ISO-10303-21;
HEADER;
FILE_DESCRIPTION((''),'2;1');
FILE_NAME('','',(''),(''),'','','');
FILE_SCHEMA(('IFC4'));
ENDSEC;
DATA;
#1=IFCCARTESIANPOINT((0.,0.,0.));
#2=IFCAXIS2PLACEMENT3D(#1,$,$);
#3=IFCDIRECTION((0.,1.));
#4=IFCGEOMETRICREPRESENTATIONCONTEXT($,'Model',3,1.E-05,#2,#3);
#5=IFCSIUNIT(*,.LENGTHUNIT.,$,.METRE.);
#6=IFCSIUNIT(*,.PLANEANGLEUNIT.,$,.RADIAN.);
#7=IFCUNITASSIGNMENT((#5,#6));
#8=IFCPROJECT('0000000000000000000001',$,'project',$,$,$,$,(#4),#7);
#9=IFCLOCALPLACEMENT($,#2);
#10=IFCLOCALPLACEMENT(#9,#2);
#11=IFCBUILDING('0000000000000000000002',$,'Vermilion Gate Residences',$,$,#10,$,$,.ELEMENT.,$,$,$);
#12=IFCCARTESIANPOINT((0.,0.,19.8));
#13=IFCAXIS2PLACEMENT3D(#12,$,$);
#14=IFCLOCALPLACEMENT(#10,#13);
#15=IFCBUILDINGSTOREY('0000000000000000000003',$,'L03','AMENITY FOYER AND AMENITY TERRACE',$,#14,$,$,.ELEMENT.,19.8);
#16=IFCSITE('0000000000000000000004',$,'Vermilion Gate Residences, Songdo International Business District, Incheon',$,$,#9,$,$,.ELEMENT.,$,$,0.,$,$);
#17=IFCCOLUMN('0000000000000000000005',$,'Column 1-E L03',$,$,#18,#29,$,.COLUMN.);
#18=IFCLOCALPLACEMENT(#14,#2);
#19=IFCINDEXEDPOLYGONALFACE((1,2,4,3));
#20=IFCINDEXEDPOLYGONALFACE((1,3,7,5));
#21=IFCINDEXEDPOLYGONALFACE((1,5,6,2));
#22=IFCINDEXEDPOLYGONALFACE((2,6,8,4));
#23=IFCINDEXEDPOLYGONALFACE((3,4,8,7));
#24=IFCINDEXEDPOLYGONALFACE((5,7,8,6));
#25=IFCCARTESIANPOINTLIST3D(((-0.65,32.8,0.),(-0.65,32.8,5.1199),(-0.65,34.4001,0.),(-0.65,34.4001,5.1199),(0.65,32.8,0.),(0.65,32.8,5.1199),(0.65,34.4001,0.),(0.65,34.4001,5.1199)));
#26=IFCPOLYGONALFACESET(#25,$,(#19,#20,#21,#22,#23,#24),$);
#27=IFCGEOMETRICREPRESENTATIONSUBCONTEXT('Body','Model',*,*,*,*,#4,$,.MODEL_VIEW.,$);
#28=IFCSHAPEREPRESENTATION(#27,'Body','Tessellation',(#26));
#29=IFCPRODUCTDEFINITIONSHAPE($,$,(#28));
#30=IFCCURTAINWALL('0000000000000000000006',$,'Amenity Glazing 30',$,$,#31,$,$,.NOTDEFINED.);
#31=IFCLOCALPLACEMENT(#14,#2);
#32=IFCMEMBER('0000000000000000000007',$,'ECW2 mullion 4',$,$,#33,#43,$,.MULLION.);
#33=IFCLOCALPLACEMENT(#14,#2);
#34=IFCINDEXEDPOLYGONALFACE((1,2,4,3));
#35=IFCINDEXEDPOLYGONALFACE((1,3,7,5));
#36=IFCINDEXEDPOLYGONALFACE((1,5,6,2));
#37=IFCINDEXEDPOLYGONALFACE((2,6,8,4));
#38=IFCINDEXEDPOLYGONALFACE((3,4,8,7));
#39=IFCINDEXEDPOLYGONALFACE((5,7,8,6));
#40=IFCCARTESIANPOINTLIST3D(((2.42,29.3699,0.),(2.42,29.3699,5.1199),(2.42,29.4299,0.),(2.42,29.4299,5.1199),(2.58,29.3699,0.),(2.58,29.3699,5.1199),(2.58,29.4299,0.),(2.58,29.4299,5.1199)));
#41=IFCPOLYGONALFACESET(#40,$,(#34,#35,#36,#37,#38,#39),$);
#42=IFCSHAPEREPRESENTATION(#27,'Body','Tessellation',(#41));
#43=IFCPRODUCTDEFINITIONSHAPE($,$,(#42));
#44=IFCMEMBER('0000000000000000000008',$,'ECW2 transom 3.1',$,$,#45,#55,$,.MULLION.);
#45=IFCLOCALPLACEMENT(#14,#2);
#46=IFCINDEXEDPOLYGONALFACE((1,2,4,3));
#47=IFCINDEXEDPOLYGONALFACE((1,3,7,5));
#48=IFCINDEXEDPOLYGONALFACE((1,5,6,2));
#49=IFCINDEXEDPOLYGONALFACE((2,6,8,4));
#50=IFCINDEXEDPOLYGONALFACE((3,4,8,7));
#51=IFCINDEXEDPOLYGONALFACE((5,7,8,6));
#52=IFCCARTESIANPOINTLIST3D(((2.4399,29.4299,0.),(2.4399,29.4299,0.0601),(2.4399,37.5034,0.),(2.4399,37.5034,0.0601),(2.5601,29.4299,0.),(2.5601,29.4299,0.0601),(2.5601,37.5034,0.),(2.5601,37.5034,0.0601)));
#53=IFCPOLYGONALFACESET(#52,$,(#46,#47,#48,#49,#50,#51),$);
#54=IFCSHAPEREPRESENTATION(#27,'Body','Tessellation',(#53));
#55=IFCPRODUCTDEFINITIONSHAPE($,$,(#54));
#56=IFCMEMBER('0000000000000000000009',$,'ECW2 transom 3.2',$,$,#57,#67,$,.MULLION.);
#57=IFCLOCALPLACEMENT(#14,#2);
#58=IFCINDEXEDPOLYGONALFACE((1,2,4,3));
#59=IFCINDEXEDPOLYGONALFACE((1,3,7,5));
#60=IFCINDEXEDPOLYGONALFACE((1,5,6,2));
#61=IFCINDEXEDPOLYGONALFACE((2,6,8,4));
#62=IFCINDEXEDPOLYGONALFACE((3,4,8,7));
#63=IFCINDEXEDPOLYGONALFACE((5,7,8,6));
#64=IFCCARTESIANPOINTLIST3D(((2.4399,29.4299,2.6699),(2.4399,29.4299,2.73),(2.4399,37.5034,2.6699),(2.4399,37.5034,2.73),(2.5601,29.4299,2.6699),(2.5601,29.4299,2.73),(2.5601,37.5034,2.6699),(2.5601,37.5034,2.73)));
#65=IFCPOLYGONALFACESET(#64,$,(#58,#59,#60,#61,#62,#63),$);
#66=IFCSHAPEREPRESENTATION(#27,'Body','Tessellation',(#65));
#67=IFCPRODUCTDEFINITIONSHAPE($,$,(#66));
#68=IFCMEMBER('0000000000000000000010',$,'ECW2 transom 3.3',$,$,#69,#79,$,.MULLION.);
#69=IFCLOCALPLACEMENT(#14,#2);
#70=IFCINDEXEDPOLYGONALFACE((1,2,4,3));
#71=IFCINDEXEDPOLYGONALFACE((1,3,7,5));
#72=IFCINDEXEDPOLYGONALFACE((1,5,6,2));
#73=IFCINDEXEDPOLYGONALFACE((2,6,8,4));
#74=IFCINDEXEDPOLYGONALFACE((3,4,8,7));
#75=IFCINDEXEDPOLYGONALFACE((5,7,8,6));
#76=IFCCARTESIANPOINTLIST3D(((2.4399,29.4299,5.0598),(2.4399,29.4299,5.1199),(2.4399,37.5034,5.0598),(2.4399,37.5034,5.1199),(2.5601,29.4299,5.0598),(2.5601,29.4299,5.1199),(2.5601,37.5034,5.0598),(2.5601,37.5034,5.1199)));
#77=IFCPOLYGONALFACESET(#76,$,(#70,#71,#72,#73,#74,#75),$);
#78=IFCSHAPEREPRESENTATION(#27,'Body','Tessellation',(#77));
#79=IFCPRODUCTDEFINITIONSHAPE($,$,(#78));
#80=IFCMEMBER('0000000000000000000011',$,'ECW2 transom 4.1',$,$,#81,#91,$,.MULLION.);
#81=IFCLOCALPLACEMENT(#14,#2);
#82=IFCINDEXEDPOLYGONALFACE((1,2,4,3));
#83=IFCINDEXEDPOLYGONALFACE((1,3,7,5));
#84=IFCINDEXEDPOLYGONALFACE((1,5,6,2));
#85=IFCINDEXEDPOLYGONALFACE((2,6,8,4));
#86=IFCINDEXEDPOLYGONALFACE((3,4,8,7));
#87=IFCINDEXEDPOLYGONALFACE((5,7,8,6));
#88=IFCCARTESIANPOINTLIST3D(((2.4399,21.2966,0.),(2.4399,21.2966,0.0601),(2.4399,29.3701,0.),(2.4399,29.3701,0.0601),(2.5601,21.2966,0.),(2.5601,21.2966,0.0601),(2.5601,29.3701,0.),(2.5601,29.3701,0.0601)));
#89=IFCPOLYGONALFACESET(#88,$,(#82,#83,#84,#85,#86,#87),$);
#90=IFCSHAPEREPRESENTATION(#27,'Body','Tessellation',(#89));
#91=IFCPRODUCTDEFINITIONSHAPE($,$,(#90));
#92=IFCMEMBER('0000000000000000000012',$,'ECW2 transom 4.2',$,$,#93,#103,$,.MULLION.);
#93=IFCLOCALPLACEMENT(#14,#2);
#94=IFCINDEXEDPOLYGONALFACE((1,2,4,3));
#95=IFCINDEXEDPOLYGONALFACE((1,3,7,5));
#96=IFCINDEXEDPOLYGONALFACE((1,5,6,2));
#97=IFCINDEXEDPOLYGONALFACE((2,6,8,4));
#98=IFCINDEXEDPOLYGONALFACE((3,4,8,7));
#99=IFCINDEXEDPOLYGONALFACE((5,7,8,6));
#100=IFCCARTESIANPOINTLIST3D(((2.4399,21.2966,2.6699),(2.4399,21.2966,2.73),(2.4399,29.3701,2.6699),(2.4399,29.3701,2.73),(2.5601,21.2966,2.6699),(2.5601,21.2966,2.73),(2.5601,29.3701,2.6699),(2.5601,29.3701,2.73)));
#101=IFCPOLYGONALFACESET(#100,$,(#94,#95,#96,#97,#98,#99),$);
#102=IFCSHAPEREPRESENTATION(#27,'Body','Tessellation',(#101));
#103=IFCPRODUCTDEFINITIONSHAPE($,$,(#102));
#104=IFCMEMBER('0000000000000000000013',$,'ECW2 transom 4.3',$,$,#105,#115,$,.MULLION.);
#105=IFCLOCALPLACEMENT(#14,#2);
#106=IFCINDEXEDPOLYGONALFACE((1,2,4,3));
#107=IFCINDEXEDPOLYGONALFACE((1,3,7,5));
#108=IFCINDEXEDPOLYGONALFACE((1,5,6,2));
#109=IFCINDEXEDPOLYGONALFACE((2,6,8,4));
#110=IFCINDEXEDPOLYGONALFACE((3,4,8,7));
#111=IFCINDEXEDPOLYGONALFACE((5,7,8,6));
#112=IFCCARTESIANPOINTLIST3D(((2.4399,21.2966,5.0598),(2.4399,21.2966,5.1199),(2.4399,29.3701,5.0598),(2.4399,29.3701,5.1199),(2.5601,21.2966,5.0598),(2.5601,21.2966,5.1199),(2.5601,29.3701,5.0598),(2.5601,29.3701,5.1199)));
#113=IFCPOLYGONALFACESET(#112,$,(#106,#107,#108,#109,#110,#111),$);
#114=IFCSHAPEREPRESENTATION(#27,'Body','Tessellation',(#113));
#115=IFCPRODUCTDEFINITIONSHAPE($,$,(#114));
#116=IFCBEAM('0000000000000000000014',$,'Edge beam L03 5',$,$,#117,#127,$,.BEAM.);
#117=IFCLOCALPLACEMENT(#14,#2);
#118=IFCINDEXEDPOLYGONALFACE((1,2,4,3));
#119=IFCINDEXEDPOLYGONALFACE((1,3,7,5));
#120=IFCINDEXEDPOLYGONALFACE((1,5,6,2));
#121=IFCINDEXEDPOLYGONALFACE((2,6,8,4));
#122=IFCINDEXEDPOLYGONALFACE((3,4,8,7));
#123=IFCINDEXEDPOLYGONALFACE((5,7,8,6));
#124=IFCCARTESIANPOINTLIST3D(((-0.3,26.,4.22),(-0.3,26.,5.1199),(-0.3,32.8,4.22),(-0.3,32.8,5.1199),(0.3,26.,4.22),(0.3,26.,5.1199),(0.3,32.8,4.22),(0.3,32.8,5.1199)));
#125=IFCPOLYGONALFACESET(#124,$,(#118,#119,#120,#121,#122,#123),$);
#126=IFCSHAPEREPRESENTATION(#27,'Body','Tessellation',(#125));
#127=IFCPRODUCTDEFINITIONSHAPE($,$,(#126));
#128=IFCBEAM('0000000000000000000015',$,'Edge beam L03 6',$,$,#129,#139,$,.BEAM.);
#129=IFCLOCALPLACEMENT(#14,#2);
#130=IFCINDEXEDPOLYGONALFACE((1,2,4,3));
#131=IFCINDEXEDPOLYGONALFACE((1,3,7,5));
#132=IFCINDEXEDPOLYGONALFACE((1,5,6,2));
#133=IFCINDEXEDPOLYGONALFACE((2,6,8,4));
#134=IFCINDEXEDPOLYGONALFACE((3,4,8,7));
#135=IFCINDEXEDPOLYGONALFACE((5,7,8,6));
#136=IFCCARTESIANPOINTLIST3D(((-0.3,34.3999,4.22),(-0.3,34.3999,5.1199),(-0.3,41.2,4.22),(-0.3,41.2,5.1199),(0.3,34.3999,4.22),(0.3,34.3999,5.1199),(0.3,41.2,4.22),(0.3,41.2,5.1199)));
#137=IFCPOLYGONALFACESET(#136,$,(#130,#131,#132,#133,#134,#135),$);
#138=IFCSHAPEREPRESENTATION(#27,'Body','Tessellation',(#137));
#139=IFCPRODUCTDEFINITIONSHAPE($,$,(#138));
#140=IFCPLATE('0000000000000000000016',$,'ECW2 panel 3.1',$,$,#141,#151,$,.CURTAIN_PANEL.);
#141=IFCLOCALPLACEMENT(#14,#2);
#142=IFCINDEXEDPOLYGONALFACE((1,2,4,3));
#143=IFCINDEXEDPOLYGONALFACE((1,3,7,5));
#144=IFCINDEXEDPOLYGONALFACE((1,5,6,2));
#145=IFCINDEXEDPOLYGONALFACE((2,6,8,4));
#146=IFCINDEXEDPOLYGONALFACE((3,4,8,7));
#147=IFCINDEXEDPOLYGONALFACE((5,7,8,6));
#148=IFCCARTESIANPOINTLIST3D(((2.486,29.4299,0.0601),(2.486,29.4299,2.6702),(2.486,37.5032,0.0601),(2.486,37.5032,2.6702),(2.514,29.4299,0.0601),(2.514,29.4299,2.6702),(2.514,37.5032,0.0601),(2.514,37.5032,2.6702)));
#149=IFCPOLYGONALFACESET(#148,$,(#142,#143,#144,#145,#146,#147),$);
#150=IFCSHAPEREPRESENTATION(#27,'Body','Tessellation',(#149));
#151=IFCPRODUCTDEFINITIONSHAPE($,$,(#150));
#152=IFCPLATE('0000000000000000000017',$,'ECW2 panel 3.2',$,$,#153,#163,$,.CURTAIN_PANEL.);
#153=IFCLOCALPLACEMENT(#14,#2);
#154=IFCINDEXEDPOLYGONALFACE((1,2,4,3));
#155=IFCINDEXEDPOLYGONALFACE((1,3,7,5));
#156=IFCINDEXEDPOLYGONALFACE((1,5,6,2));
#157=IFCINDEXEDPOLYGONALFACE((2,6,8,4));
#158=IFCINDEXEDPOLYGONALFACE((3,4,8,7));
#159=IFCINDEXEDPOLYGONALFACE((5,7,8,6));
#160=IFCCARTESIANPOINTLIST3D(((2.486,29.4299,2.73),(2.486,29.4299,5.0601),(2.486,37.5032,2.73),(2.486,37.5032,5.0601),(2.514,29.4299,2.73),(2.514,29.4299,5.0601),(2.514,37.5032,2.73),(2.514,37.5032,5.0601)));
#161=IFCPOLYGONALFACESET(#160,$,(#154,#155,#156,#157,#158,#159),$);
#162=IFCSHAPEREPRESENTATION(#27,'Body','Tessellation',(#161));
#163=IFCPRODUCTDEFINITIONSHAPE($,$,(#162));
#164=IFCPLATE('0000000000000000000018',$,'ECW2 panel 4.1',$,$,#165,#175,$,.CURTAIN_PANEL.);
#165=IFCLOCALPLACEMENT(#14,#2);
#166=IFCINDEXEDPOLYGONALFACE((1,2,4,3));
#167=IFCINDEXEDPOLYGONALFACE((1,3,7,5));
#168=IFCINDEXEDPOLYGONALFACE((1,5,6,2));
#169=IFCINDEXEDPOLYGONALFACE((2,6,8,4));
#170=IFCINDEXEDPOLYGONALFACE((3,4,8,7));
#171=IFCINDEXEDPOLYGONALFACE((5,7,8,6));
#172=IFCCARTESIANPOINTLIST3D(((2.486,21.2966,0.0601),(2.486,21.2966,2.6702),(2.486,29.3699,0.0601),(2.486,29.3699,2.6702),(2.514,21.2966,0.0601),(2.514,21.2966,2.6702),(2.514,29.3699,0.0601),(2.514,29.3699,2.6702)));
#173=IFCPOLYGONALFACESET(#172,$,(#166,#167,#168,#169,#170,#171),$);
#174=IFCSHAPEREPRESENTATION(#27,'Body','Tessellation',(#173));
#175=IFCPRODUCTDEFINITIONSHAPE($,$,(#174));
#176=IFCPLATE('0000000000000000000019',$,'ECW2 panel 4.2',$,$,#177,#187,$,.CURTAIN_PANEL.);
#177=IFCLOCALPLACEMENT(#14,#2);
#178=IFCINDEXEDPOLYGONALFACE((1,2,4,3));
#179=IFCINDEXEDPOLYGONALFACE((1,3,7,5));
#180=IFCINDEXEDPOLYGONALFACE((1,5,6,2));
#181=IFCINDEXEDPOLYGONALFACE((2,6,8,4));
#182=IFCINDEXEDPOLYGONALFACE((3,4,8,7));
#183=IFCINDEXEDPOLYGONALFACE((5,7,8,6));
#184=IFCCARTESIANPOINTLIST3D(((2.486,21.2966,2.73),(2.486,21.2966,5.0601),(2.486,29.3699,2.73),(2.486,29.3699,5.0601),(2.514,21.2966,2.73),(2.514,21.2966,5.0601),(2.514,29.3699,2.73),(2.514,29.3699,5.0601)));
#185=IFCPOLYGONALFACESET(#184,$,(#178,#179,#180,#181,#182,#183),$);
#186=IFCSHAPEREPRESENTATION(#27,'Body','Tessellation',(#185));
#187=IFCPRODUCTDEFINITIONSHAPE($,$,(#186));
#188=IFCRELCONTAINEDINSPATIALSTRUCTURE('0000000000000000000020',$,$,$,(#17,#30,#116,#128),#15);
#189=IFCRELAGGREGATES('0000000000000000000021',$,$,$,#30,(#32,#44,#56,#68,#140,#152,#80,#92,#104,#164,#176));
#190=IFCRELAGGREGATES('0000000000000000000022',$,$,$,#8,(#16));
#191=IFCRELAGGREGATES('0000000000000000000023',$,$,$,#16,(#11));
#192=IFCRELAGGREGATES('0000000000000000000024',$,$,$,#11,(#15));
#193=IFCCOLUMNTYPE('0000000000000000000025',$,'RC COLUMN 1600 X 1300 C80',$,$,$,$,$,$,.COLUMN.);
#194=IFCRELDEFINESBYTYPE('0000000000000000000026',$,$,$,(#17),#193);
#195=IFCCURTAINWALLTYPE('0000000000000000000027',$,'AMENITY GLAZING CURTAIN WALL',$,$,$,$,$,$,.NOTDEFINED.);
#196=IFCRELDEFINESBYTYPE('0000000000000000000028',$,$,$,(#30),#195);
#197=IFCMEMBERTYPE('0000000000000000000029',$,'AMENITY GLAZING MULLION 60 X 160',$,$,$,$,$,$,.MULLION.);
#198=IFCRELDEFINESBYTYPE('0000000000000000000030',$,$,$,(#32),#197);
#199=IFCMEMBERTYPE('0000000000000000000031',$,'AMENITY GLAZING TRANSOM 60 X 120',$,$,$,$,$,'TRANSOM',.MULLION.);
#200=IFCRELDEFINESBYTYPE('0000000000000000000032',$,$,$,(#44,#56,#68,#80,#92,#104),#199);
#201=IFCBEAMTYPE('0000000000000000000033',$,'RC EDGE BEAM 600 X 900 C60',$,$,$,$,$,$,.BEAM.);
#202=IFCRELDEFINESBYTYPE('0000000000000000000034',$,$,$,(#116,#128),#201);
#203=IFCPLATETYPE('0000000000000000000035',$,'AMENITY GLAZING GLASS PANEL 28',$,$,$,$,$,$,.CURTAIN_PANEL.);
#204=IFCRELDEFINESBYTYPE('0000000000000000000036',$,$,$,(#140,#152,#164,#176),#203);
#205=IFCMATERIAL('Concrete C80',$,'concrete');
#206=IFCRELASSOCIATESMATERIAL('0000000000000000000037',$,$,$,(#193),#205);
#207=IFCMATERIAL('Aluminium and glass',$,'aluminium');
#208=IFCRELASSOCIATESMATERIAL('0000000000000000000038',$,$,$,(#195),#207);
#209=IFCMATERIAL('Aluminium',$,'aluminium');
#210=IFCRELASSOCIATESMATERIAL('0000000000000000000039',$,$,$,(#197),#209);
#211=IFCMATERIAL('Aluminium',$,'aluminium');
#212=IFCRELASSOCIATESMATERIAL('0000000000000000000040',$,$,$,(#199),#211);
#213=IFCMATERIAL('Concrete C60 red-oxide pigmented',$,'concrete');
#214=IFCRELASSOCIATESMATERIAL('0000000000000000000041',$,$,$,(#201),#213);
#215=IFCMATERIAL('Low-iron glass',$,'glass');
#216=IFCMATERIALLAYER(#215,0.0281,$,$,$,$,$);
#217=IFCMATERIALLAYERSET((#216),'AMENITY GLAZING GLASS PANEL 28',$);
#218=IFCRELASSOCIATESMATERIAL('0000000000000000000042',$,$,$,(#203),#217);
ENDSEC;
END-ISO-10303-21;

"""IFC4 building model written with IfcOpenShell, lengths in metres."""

from ifc_helpers import new_model, si_unit, direction, frame, origin, origin_2d, place, context, subcontext, project, spatial, rectangle, extrude, material, layer, layer_set, material_profile, profile_set, type_object, element, aggregate, save


model = new_model("IFC4")

# Units and contexts
model_context = context("Model", 3, precision=1e-05, world=origin(), true_north=direction((0.0, 1.0)))
body_context = subcontext(model_context, "Body", "Model", "MODEL_VIEW")
ifc_project = project(units=[si_unit("LENGTHUNIT", "METRE"), si_unit("PLANEANGLEUNIT", "RADIAN")], contexts=[model_context])

# Site, building, storey
site_placement = place(None, origin())
site = spatial("IfcSite", under=ifc_project, at=site_placement, Name="Vermilion Gate Residences, Songdo International Business District, Incheon", CompositionType="ELEMENT", RefElevation=0.0)
building_placement = place(site_placement, origin())
building = spatial("IfcBuilding", under=site, at=building_placement, Name="Vermilion Gate Residences", CompositionType="ELEMENT")
storey_placement = place(building_placement, frame((0.0, 0.0, 19.8)))
storey = spatial("IfcBuildingStorey", under=building, at=storey_placement, Name="L03", Description="AMENITY FOYER AND AMENITY TERRACE", CompositionType="ELEMENT", Elevation=19.8)

# Column
ifc_material_1 = material(Name="Concrete C80", Category="concrete")
ifc_material_profile_1 = material_profile(ifc_material_1, rectangle(XDim=1.6001, YDim=1.3, at=origin_2d()), Name="RC-1600x1300")
ifc_profile_set_1 = profile_set([ifc_material_profile_1], Name="Concrete C80")
column_type = type_object("IfcColumnType", Name="RC COLUMN 1600 X 1300 C80", PredefinedType="COLUMN", material=ifc_profile_set_1)
column_placement = place(storey_placement, frame((0.0, 33.6001, 0.0), z_axis=(0.0, 0.0, 1.0), x_axis=(0.0, 1.0, 0.0)))
element("IfcColumn", 1, at=column_placement, inside=storey, type_object=column_type, Name="Column 1-E L03", PredefinedType="COLUMN", context=body_context, shape_type="SweptSolid", body=[
    extrude(rectangle(XDim=1.6001, YDim=1.3, at=origin_2d()), origin(), (0.0, 0.0, 1.0), 5.1199),
])

# Curtain wall, members
ifc_material_2 = material(Name="Aluminium and glass", Category="aluminium")
curtain_wall_type = type_object("IfcCurtainWallType", Name="AMENITY GLAZING CURTAIN WALL", PredefinedType="NOTDEFINED", material=ifc_material_2)
curtain_wall_placement = place(storey_placement, origin())
curtain_wall = element("IfcCurtainWall", 2, at=curtain_wall_placement, inside=storey, type_object=curtain_wall_type, Name="Amenity Glazing 30", PredefinedType="NOTDEFINED")
ifc_material_3 = material(Name="Aluminium", Category="aluminium")
ifc_material_profile_2 = material_profile(ifc_material_3, rectangle(XDim=0.1599, YDim=0.0601, at=origin_2d()), Name="MULLION 60 X 160")
ifc_profile_set_2 = profile_set([ifc_material_profile_2], Name="Aluminium")
member_type_1 = type_object("IfcMemberType", Name="AMENITY GLAZING MULLION 60 X 160", PredefinedType="MULLION", material=ifc_profile_set_2)
member_1_placement = place(storey_placement, frame((2.5, 29.3999, 0.0), z_axis=(0.0, 0.0, 1.0), x_axis=(1.0, 0.0, 0.0)))
member_1 = element("IfcMember", 3, at=member_1_placement, type_object=member_type_1, Name="ECW2 mullion 4", PredefinedType="MULLION", context=body_context, shape_type="SweptSolid", body=[
    extrude(rectangle(XDim=0.1599, YDim=0.0601, at=origin_2d()), origin(), (0.0, 0.0, 1.0), 5.1199),
])
ifc_material_4 = material(Name="Aluminium", Category="aluminium")
ifc_material_profile_3 = material_profile(ifc_material_4, rectangle(XDim=0.1201, YDim=0.0601, at=origin_2d()), Name="TRANSOM 60 X 120")
ifc_profile_set_3 = profile_set([ifc_material_profile_3], Name="Aluminium")
member_type_2 = type_object("IfcMemberType", Name="AMENITY GLAZING TRANSOM 60 X 120", ElementType="TRANSOM", PredefinedType="MULLION", material=ifc_profile_set_3)
member_2_placement = place(storey_placement, frame((2.5, 37.5034, 0.03), z_axis=(0.0, -1.0, 0.0), x_axis=(1.0, 0.0, 0.0)))
member_2 = element("IfcMember", 4, at=member_2_placement, type_object=member_type_2, Name="ECW2 transom 3.1", PredefinedType="MULLION", context=body_context, shape_type="SweptSolid", body=[
    extrude(rectangle(XDim=0.1201, YDim=0.0601, at=origin_2d()), origin(), (0.0, 0.0, 1.0), 8.0735),
])
member_3_placement = place(storey_placement, frame((2.5, 37.5034, 2.7), z_axis=(0.0, -1.0, 0.0), x_axis=(1.0, 0.0, 0.0)))
member_3 = element("IfcMember", 5, at=member_3_placement, type_object=member_type_2, Name="ECW2 transom 3.2", PredefinedType="MULLION", context=body_context, shape_type="SweptSolid", body=[
    extrude(rectangle(XDim=0.1201, YDim=0.0601, at=origin_2d()), origin(), (0.0, 0.0, 1.0), 8.0735),
])
member_4_placement = place(storey_placement, frame((2.5, 37.5034, 5.0898), z_axis=(0.0, -1.0, 0.0), x_axis=(1.0, 0.0, 0.0)))
member_4 = element("IfcMember", 6, at=member_4_placement, type_object=member_type_2, Name="ECW2 transom 3.3", PredefinedType="MULLION", context=body_context, shape_type="SweptSolid", body=[
    extrude(rectangle(XDim=0.1201, YDim=0.0601, at=origin_2d()), origin(), (0.0, 0.0, 1.0), 8.0735),
])
member_5_placement = place(storey_placement, frame((2.5, 29.3701, 0.03), z_axis=(0.0, -1.0, 0.0), x_axis=(1.0, 0.0, 0.0)))
member_5 = element("IfcMember", 7, at=member_5_placement, type_object=member_type_2, Name="ECW2 transom 4.1", PredefinedType="MULLION", context=body_context, shape_type="SweptSolid", body=[
    extrude(rectangle(XDim=0.1201, YDim=0.0601, at=origin_2d()), origin(), (0.0, 0.0, 1.0), 8.0735),
])
member_6_placement = place(storey_placement, frame((2.5, 29.3701, 2.7), z_axis=(0.0, -1.0, 0.0), x_axis=(1.0, 0.0, 0.0)))
member_6 = element("IfcMember", 8, at=member_6_placement, type_object=member_type_2, Name="ECW2 transom 4.2", PredefinedType="MULLION", context=body_context, shape_type="SweptSolid", body=[
    extrude(rectangle(XDim=0.1201, YDim=0.0601, at=origin_2d()), origin(), (0.0, 0.0, 1.0), 8.0735),
])
member_7_placement = place(storey_placement, frame((2.5, 29.3701, 5.0898), z_axis=(0.0, -1.0, 0.0), x_axis=(1.0, 0.0, 0.0)))
member_7 = element("IfcMember", 9, at=member_7_placement, type_object=member_type_2, Name="ECW2 transom 4.3", PredefinedType="MULLION", context=body_context, shape_type="SweptSolid", body=[
    extrude(rectangle(XDim=0.1201, YDim=0.0601, at=origin_2d()), origin(), (0.0, 0.0, 1.0), 8.0735),
])

# Beams
ifc_material_5 = material(Name="Concrete C60 red-oxide pigmented", Category="concrete")
ifc_material_profile_4 = material_profile(ifc_material_5, rectangle(XDim=0.6001, YDim=0.8999, at=origin_2d()), Name="RC-600x900")
ifc_profile_set_4 = profile_set([ifc_material_profile_4], Name="Concrete C60 red-oxide pigmented")
beam_type = type_object("IfcBeamType", Name="RC EDGE BEAM 600 X 900 C60", PredefinedType="BEAM", material=ifc_profile_set_4)
for number, where, z_axis, x_axis, name in (
    (10, (0.0, 26.0, 4.6699), (0.0, 1.0, 0.0), (-1.0, 0.0, 0.0), "Edge beam L03 5"),
    (11, (0.0, 34.3999, 4.6699), (0.0, 1.0, 0.0), (-1.0, 0.0, 0.0), "Edge beam L03 6"),
):
    element("IfcBeam", number, at=place(storey_placement, frame(where, z_axis=z_axis, x_axis=x_axis)), inside=storey, type_object=beam_type, Name=name, PredefinedType="BEAM", context=body_context, shape_type="SweptSolid", body=[
        extrude(rectangle(XDim=0.6001, YDim=0.8999, at=origin_2d()), origin(), (0.0, 0.0, 1.0), 6.8),
    ])

# Plates
ifc_material_6 = material(Name="Low-iron glass", Category="glass")
ifc_layer_1 = layer(ifc_material_6, 0.0281)
ifc_layer_set_1 = layer_set([ifc_layer_1], Name="AMENITY GLAZING GLASS PANEL 28")
plate_type = type_object("IfcPlateType", Name="AMENITY GLAZING GLASS PANEL 28", PredefinedType="CURTAIN_PANEL", material=ifc_layer_set_1)
plate_1_placement = place(storey_placement, frame((2.5, 33.4666, 0.0601), z_axis=(0.0, 0.0, 1.0), x_axis=(0.0, -1.0, 0.0)))
plate_1 = element("IfcPlate", 12, at=plate_1_placement, type_object=plate_type, Name="ECW2 panel 3.1", PredefinedType="CURTAIN_PANEL", context=body_context, shape_type="SweptSolid", body=[
    extrude(rectangle(XDim=8.0732, YDim=0.0281, at=origin_2d()), origin(), (0.0, 0.0, 1.0), 2.6101),
])
plate_2_placement = place(storey_placement, frame((2.5, 33.4666, 2.73), z_axis=(0.0, 0.0, 1.0), x_axis=(0.0, -1.0, 0.0)))
plate_2 = element("IfcPlate", 13, at=plate_2_placement, type_object=plate_type, Name="ECW2 panel 3.2", PredefinedType="CURTAIN_PANEL", context=body_context, shape_type="SweptSolid", body=[
    extrude(rectangle(XDim=8.0732, YDim=0.0281, at=origin_2d()), origin(), (0.0, 0.0, 1.0), 2.3301),
])
plate_3_placement = place(storey_placement, frame((2.5, 25.3333, 0.0601), z_axis=(0.0, 0.0, 1.0), x_axis=(0.0, -1.0, 0.0)))
plate_3 = element("IfcPlate", 14, at=plate_3_placement, type_object=plate_type, Name="ECW2 panel 4.1", PredefinedType="CURTAIN_PANEL", context=body_context, shape_type="SweptSolid", body=[
    extrude(rectangle(XDim=8.0732, YDim=0.0281, at=origin_2d()), origin(), (0.0, 0.0, 1.0), 2.6101),
])
plate_4_placement = place(storey_placement, frame((2.5, 25.3333, 2.73), z_axis=(0.0, 0.0, 1.0), x_axis=(0.0, -1.0, 0.0)))
plate_4 = element("IfcPlate", 15, at=plate_4_placement, type_object=plate_type, Name="ECW2 panel 4.2", PredefinedType="CURTAIN_PANEL", context=body_context, shape_type="SweptSolid", body=[
    extrude(rectangle(XDim=8.0732, YDim=0.0281, at=origin_2d()), origin(), (0.0, 0.0, 1.0), 2.3301),
])
aggregate(curtain_wall, [member_1, member_2, member_3, member_4, plate_1, plate_2, member_5, member_6, member_7, plate_3, plate_4])

save(model, "model.ifc")
